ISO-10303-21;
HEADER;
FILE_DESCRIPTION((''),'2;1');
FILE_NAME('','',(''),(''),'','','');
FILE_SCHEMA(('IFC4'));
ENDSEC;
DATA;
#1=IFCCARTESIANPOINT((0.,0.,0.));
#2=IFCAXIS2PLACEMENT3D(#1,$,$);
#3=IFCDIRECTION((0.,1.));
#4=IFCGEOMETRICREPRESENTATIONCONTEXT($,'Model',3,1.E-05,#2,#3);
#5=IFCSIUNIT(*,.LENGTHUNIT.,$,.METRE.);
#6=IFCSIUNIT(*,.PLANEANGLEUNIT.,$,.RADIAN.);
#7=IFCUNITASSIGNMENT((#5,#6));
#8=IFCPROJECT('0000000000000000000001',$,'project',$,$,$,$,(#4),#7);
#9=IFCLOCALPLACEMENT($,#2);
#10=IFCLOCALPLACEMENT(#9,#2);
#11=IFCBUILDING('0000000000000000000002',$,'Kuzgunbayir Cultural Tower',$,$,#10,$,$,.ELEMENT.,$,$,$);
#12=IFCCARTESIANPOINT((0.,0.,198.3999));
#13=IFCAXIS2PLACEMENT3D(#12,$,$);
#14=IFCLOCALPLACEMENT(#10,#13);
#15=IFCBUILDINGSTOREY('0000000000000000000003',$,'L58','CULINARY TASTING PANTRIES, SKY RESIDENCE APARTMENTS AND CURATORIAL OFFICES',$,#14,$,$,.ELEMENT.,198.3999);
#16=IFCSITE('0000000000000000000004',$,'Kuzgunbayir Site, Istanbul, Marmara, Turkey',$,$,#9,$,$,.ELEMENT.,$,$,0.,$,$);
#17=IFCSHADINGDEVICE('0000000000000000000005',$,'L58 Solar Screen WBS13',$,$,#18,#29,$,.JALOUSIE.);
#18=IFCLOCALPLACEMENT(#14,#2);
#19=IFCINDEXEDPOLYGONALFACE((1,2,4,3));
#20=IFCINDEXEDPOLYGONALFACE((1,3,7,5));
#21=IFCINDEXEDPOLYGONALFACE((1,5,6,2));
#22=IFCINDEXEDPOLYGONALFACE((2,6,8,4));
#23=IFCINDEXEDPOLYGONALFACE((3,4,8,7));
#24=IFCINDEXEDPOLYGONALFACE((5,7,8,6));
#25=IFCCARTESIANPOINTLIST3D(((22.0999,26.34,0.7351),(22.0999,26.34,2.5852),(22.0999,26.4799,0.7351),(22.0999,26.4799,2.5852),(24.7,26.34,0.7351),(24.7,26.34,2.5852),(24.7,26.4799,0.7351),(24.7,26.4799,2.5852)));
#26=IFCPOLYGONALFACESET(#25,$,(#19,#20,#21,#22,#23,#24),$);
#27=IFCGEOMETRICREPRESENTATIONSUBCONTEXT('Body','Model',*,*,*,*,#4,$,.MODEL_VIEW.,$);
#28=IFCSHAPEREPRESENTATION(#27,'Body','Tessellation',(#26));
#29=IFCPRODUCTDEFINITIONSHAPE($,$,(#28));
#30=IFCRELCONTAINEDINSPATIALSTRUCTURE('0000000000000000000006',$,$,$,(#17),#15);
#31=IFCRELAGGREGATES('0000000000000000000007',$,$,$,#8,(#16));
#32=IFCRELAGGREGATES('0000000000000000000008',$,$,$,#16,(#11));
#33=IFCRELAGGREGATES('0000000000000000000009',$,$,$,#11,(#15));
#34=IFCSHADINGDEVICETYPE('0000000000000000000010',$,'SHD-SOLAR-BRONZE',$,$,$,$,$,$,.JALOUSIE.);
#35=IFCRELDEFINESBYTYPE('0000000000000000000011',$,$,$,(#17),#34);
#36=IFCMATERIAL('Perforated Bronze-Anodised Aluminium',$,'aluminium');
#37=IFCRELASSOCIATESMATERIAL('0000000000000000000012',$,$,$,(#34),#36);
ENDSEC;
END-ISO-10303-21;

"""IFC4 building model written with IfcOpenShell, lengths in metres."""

from ifc_helpers import new_model, si_unit, direction, frame, origin, origin_2d, place, context, subcontext, project, spatial, rectangle, extrude, material, type_object, element, save


model = new_model("IFC4")

# Units and contexts
model_context = context("Model", 3, precision=1e-05, world=origin(), true_north=direction((0.0, 1.0)))
body_context = subcontext(model_context, "Body", "Model", "MODEL_VIEW")
ifc_project = project(units=[si_unit("LENGTHUNIT", "METRE"), si_unit("PLANEANGLEUNIT", "RADIAN")], contexts=[model_context])

# Site, building, storey
site_placement = place(None, origin())
site = spatial("IfcSite", under=ifc_project, at=site_placement, Name="Kuzgunbayir Site, Istanbul, Marmara, Turkey", CompositionType="ELEMENT", RefElevation=0.0)
building_placement = place(site_placement, origin())
building = spatial("IfcBuilding", under=site, at=building_placement, Name="Kuzgunbayir Cultural Tower", CompositionType="ELEMENT")
storey_placement = place(building_placement, frame((0.0, 0.0, 198.3999)))
storey = spatial("IfcBuildingStorey", under=building, at=storey_placement, Name="L58", Description="CULINARY TASTING PANTRIES, SKY RESIDENCE APARTMENTS AND CURATORIAL OFFICES", CompositionType="ELEMENT", Elevation=198.3999)

# Shading device
ifc_material_1 = material(Name="Perforated Bronze-Anodised Aluminium", Category="aluminium")
shading_device_type = type_object("IfcShadingDeviceType", Name="SHD-SOLAR-BRONZE", PredefinedType="JALOUSIE", material=ifc_material_1)
shading_device_placement = place(storey_placement, frame((23.3999, 26.4099, 0.7351), z_axis=(0.0, 0.0, 1.0), x_axis=(1.0, 0.0, 0.0)))
element("IfcShadingDevice", 1, at=shading_device_placement, inside=storey, type_object=shading_device_type, Name="L58 Solar Screen WBS13", PredefinedType="JALOUSIE", context=body_context, shape_type="SweptSolid", body=[
    extrude(rectangle(XDim=2.6001, YDim=0.1399, at=origin_2d()), origin(), (0.0, 0.0, 1.0), 1.8501),
])

save(model, "model.ifc")
